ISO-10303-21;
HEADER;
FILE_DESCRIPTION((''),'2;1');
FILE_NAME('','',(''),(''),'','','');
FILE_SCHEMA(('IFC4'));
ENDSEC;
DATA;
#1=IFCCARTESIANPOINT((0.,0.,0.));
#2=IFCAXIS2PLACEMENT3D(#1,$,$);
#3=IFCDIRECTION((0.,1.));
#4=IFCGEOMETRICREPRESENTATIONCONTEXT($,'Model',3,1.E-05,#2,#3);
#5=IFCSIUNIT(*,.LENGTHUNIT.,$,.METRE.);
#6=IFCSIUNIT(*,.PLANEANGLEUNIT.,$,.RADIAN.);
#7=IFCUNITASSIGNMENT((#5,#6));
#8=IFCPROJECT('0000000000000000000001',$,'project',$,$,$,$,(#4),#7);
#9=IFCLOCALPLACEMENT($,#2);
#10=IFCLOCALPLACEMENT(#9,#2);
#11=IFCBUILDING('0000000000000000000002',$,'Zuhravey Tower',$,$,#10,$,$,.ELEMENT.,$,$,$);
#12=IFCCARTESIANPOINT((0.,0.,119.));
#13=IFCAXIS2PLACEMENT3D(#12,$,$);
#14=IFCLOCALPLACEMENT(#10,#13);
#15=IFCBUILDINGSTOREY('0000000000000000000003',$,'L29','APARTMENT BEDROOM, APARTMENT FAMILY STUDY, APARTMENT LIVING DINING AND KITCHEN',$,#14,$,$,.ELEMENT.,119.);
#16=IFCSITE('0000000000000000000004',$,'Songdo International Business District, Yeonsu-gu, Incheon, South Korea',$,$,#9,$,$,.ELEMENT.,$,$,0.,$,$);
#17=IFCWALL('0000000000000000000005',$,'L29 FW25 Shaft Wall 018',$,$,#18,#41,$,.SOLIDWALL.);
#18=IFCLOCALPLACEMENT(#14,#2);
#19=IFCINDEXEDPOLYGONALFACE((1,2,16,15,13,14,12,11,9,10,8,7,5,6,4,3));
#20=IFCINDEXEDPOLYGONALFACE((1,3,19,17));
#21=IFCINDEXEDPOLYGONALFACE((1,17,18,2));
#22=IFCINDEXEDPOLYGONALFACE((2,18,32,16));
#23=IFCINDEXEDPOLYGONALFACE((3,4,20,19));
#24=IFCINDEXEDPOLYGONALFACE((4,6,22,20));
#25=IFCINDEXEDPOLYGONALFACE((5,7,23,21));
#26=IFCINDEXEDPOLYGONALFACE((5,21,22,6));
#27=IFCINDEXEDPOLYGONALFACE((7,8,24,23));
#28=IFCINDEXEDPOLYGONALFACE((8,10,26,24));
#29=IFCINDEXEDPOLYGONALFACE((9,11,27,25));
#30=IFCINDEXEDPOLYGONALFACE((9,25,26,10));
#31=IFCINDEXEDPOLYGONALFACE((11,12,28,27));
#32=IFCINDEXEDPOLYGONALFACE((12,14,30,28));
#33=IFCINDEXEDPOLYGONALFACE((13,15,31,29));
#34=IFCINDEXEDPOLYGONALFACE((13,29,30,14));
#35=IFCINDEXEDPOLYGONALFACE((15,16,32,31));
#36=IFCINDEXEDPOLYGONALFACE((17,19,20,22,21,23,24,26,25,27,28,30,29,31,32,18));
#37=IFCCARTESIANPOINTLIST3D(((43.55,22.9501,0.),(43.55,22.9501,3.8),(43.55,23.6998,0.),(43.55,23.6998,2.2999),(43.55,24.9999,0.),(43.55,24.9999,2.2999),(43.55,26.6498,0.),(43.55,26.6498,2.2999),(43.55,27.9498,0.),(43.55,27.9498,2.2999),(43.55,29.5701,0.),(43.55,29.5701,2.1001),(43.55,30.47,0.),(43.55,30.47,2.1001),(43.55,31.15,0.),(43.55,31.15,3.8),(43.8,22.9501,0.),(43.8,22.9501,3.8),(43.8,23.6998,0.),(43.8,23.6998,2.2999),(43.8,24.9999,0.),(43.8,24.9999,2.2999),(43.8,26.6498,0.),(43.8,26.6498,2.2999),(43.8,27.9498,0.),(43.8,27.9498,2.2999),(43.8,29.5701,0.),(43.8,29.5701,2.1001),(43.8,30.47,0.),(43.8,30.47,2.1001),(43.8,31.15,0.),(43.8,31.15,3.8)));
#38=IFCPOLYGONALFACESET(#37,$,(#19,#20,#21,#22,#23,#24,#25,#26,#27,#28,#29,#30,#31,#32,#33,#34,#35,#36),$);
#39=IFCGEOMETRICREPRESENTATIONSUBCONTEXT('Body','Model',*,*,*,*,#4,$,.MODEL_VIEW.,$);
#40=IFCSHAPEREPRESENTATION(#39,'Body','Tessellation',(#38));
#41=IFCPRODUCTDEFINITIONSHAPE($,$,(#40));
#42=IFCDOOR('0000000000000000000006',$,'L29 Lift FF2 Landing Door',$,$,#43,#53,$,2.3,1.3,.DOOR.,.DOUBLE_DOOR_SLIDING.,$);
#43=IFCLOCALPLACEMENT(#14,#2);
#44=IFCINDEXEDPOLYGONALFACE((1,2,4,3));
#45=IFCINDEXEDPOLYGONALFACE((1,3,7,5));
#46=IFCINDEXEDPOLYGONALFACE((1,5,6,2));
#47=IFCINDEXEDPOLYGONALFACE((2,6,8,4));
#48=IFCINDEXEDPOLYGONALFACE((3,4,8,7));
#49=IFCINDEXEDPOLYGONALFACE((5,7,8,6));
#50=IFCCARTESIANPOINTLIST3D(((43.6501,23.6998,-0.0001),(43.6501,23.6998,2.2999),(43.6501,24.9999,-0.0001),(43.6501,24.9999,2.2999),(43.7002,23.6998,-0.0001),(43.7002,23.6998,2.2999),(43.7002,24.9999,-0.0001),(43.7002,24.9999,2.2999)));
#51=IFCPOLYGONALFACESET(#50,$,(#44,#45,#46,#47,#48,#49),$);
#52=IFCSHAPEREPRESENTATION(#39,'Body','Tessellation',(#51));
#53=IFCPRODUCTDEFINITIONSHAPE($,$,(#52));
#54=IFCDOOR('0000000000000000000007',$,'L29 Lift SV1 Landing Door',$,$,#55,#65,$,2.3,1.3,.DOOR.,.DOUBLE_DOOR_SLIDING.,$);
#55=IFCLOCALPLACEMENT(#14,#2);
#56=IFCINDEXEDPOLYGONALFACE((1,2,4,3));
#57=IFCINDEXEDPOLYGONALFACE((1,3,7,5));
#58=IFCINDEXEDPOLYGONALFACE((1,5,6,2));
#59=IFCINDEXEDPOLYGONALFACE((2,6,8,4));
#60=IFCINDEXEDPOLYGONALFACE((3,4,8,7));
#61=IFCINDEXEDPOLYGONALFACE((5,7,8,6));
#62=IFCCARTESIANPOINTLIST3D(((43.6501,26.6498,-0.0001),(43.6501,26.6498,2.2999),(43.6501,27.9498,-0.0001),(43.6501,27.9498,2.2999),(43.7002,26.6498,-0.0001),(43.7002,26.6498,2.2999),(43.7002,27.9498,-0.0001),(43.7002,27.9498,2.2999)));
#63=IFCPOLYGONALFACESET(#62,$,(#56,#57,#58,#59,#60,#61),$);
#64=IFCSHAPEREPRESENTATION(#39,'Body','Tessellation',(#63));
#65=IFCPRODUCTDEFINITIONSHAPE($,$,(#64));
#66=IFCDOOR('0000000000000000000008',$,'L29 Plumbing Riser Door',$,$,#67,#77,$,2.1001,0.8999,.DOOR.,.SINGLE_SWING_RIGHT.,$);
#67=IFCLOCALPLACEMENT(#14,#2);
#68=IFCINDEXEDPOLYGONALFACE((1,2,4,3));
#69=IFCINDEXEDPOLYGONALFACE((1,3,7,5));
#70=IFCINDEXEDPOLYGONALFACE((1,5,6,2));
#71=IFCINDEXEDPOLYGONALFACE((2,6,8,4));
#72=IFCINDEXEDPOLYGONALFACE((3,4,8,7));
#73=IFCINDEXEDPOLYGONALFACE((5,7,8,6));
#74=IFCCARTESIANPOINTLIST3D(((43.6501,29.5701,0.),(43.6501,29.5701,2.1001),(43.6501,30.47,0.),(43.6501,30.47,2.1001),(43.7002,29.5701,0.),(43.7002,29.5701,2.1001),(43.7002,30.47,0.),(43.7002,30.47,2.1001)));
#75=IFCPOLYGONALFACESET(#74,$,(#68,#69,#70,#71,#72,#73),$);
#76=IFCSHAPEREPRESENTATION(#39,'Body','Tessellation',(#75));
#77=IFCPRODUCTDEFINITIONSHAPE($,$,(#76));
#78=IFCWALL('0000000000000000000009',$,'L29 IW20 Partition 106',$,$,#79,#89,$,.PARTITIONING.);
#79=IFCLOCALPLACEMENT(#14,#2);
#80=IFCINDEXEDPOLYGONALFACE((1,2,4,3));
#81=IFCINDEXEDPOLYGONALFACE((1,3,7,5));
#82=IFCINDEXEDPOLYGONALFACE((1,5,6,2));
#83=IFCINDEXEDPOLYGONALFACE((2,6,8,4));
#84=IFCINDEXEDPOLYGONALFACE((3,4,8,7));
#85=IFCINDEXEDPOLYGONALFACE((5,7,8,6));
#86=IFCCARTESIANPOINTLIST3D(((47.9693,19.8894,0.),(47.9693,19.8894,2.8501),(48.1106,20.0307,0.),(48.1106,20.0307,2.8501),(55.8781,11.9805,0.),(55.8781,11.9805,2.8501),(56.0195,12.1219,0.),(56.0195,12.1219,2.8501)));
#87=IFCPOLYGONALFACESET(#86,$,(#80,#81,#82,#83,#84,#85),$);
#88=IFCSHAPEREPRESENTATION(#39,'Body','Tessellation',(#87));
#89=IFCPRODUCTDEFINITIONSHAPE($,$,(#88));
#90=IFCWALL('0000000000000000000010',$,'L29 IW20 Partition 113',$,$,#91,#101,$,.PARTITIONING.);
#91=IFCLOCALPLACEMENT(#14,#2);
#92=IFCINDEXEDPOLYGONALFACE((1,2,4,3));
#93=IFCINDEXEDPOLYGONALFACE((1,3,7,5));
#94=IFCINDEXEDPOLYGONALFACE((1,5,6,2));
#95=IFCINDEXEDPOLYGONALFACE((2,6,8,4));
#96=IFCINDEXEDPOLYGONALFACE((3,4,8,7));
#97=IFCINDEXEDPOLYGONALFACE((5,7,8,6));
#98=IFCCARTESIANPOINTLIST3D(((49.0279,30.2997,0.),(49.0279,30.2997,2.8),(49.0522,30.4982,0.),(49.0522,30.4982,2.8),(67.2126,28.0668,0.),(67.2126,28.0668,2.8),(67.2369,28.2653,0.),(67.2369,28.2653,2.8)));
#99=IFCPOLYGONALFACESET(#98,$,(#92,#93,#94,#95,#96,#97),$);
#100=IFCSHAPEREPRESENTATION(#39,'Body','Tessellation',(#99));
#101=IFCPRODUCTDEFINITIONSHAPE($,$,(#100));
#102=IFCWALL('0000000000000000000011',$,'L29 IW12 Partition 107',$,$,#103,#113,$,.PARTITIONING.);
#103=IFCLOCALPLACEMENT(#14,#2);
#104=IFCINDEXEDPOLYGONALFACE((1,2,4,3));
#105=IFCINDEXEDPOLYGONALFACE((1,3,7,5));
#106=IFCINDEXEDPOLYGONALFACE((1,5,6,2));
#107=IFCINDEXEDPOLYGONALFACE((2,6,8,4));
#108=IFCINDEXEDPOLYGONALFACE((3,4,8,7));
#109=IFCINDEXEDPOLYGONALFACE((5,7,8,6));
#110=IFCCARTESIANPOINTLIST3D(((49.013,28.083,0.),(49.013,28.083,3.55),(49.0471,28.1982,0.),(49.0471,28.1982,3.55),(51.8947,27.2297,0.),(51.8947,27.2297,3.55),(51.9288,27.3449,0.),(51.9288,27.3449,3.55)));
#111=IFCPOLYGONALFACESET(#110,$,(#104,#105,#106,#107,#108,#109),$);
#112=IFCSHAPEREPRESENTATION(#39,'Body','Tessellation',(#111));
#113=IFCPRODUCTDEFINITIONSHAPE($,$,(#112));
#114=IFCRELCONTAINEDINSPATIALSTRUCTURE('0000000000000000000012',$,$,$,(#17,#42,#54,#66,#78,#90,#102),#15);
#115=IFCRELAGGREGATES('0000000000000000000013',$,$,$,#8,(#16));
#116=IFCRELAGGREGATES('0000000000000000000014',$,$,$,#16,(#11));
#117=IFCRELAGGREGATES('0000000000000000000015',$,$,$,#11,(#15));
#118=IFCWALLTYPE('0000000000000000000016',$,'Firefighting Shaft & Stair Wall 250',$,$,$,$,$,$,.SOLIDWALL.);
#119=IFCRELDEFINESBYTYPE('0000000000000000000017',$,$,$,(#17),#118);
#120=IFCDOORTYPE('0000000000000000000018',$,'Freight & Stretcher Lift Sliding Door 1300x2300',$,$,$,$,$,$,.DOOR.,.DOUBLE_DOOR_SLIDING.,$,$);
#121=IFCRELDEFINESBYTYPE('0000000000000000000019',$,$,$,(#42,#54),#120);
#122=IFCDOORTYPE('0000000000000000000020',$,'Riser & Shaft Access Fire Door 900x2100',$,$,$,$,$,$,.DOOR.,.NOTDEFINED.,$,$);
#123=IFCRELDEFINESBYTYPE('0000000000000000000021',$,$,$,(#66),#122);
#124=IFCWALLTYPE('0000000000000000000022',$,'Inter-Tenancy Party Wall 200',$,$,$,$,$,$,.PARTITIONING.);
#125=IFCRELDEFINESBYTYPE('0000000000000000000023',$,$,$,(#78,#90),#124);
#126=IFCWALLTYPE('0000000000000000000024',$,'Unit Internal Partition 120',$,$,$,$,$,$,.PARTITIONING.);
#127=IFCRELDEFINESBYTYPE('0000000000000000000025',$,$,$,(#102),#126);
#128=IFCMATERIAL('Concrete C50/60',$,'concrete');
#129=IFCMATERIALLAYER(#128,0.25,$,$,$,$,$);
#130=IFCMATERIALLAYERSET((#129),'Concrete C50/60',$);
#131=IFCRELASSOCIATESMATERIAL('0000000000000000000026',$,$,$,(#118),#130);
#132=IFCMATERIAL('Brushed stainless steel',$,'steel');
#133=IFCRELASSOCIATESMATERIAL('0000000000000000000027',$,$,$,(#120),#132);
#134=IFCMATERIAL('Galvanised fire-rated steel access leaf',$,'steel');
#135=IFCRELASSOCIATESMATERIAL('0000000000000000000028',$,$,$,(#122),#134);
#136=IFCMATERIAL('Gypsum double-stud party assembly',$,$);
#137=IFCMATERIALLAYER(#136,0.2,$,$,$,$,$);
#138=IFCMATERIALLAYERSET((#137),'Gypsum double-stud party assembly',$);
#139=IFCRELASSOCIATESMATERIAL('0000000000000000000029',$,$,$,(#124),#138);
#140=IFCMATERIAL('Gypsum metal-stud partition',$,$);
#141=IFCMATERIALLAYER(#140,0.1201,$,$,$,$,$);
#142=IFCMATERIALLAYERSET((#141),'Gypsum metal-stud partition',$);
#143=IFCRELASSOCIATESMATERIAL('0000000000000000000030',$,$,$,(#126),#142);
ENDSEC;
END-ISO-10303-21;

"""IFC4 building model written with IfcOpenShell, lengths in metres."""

from ifc_helpers import new_model, si_unit, direction, frame, frame_2d, origin, place, context, subcontext, project, spatial, rectangle, extrude, material, layer, layer_set, type_object, element, fill, save


model = new_model("IFC4")

# Units and contexts
model_context = context("Model", 3, precision=1e-05, world=origin(), true_north=direction((0.0, 1.0)))
body_context = subcontext(model_context, "Body", "Model", "MODEL_VIEW")
ifc_project = project(units=[si_unit("LENGTHUNIT", "METRE"), si_unit("PLANEANGLEUNIT", "RADIAN")], contexts=[model_context])

# Site, building, storey
site_placement = place(None, origin())
site = spatial("IfcSite", under=ifc_project, at=site_placement, Name="Songdo International Business District, Yeonsu-gu, Incheon, South Korea", CompositionType="ELEMENT", RefElevation=0.0)
building_placement = place(site_placement, origin())
building = spatial("IfcBuilding", under=site, at=building_placement, Name="Zuhravey Tower", CompositionType="ELEMENT")
storey_placement = place(building_placement, frame((0.0, 0.0, 119.0)))
storey = spatial("IfcBuildingStorey", under=building, at=storey_placement, Name="L29", Description="APARTMENT BEDROOM, APARTMENT FAMILY STUDY, APARTMENT LIVING DINING AND KITCHEN", CompositionType="ELEMENT", Elevation=119.0)

# Shared definitions
ifc_material_1 = material(Name="Concrete C50/60", Category="concrete")
ifc_layer_1 = layer(ifc_material_1, 0.25)
ifc_layer_set_1 = layer_set([ifc_layer_1], Name="Concrete C50/60")
wall_type_1 = type_object("IfcWallType", Name="Firefighting Shaft & Stair Wall 250", PredefinedType="SOLIDWALL", material=ifc_layer_set_1)

# Wall, openings, doors
wall_1_placement = place(storey_placement, frame((43.675, 22.95, 0.0), z_axis=(0.0, 0.0, 1.0), x_axis=(0.0, 1.0, 0.0)))
wall_1 = element("IfcWall", 1, at=wall_1_placement, inside=storey, type_object=wall_type_1, Name="L29 FW25 Shaft Wall 018", PredefinedType="SOLIDWALL", context=body_context, shape_type="SweptSolid", body=[
    extrude(rectangle(XDim=8.2, YDim=0.25, at=frame_2d((4.1001, 0.0))), origin(), (0.0, 0.0, 1.0), 3.8),
])
opening_1_placement = place(wall_1_placement, frame((0.75, 0.0, 0.0)))
opening_1 = element("IfcOpeningElement", 2, at=opening_1_placement, cuts=wall_1, PredefinedType="OPENING", context=body_context, shape_type="SweptSolid", body=[
    extrude(rectangle(XDim=1.3, YDim=2.3, at=frame_2d((0.6499, 1.1499))), frame((0.0, 0.137, 0.0), z_axis=(0.0, -1.0, 0.0), x_axis=(1.0, 0.0, 0.0)), (0.0, 0.0, 1.0), 0.2739),
])
opening_2_placement = place(wall_1_placement, frame((3.7, 0.0, 0.0)))
opening_2 = element("IfcOpeningElement", 3, at=opening_2_placement, cuts=wall_1, PredefinedType="OPENING", context=body_context, shape_type="SweptSolid", body=[
    extrude(rectangle(XDim=1.3, YDim=2.3, at=frame_2d((0.6499, 1.1499))), frame((0.0, 0.137, 0.0), z_axis=(0.0, -1.0, 0.0), x_axis=(1.0, 0.0, 0.0)), (0.0, 0.0, 1.0), 0.2739),
])
opening_3_placement = place(wall_1_placement, frame((6.6201, 0.0, 0.0)))
opening_3 = element("IfcOpeningElement", 4, at=opening_3_placement, cuts=wall_1, PredefinedType="OPENING", context=body_context, shape_type="SweptSolid", body=[
    extrude(rectangle(XDim=0.8999, YDim=2.1001, at=frame_2d((0.45, 1.05))), frame((0.0, 0.137, 0.0), z_axis=(0.0, -1.0, 0.0), x_axis=(1.0, 0.0, 0.0)), (0.0, 0.0, 1.0), 0.2739),
])
ifc_material_2 = material(Name="Brushed stainless steel", Category="steel")
door_type_1 = type_object("IfcDoorType", Name="Freight & Stretcher Lift Sliding Door 1300x2300", OperationType="DOUBLE_DOOR_SLIDING", PredefinedType="DOOR", material=ifc_material_2)
door_1_placement = place(opening_1_placement, origin())
door_1 = element("IfcDoor", 5, at=door_1_placement, inside=storey, type_object=door_type_1, Name="L29 Lift FF2 Landing Door", OperationType="DOUBLE_DOOR_SLIDING", OverallHeight=2.3, OverallWidth=1.3, PredefinedType="DOOR", context=body_context, shape_type="SweptSolid", body=[
    extrude(rectangle(XDim=1.3, YDim=2.3, at=frame_2d((0.6499, 1.1499))), frame((0.0, 0.0249, 0.0), z_axis=(0.0, -1.0, 0.0), x_axis=(1.0, 0.0, 0.0)), (0.0, 0.0, 1.0), 0.05),
])
fill(opening_1, door_1)
door_2_placement = place(opening_2_placement, origin())
door_2 = element("IfcDoor", 6, at=door_2_placement, inside=storey, type_object=door_type_1, Name="L29 Lift SV1 Landing Door", OperationType="DOUBLE_DOOR_SLIDING", OverallHeight=2.3, OverallWidth=1.3, PredefinedType="DOOR", context=body_context, shape_type="SweptSolid", body=[
    extrude(rectangle(XDim=1.3, YDim=2.3, at=frame_2d((0.6499, 1.1499))), frame((0.0, 0.0249, 0.0), z_axis=(0.0, -1.0, 0.0), x_axis=(1.0, 0.0, 0.0)), (0.0, 0.0, 1.0), 0.05),
])
fill(opening_2, door_2)
ifc_material_3 = material(Name="Galvanised fire-rated steel access leaf", Category="steel")
door_type_2 = type_object("IfcDoorType", Name="Riser & Shaft Access Fire Door 900x2100", OperationType="NOTDEFINED", PredefinedType="DOOR", material=ifc_material_3)
door_3_placement = place(opening_3_placement, origin())
door_3 = element("IfcDoor", 7, at=door_3_placement, inside=storey, type_object=door_type_2, Name="L29 Plumbing Riser Door", OperationType="SINGLE_SWING_RIGHT", OverallHeight=2.1001, OverallWidth=0.8999, PredefinedType="DOOR", context=body_context, shape_type="SweptSolid", body=[
    extrude(rectangle(XDim=0.8999, YDim=2.1001, at=frame_2d((0.45, 1.05))), frame((0.0, 0.0249, 0.0), z_axis=(0.0, -1.0, 0.0), x_axis=(1.0, 0.0, 0.0)), (0.0, 0.0, 1.0), 0.05),
])
fill(opening_3, door_3)

# Walls
ifc_material_4 = material(Name="Gypsum double-stud party assembly")
ifc_layer_2 = layer(ifc_material_4, 0.2)
ifc_layer_set_2 = layer_set([ifc_layer_2], Name="Gypsum double-stud party assembly")
wall_type_2 = type_object("IfcWallType", Name="Inter-Tenancy Party Wall 200", PredefinedType="PARTITIONING", material=ifc_layer_set_2)
wall_2_placement = place(storey_placement, frame((48.04, 19.96, 0.0), z_axis=(0.0, 0.0, 1.0), x_axis=(0.707107, -0.707107, 0.0)))
element("IfcWall", 8, at=wall_2_placement, inside=storey, type_object=wall_type_2, Name="L29 IW20 Partition 106", PredefinedType="PARTITIONING", context=body_context, shape_type="SweptSolid", body=[
    extrude(rectangle(XDim=11.1848, YDim=0.2, at=frame_2d((5.5923, 0.0))), origin(), (0.0, 0.0, 1.0), 2.8501),
])
wall_3_placement = place(storey_placement, frame((49.04, 30.3989, 0.0), z_axis=(0.0, 0.0, 1.0), x_axis=(0.992546, -0.121874, 0.0)))
element("IfcWall", 9, at=wall_3_placement, inside=storey, type_object=wall_type_2, Name="L29 IW20 Partition 113", PredefinedType="PARTITIONING", context=body_context, shape_type="SweptSolid", body=[
    extrude(rectangle(XDim=18.3213, YDim=0.2, at=frame_2d((9.1606, 0.0))), origin(), (0.0, 0.0, 1.0), 2.8),
])
ifc_material_5 = material(Name="Gypsum metal-stud partition")
ifc_layer_3 = layer(ifc_material_5, 0.1201)
ifc_layer_set_3 = layer_set([ifc_layer_3], Name="Gypsum metal-stud partition")
wall_type_3 = type_object("IfcWallType", Name="Unit Internal Partition 120", PredefinedType="PARTITIONING", material=ifc_layer_set_3)
wall_4_placement = place(storey_placement, frame((49.03, 28.1406, 0.0), z_axis=(0.0, 0.0, 1.0), x_axis=(0.958846, -0.283925, 0.0)))
element("IfcWall", 10, at=wall_4_placement, inside=storey, type_object=wall_type_3, Name="L29 IW12 Partition 107", PredefinedType="PARTITIONING", context=body_context, shape_type="SweptSolid", body=[
    extrude(rectangle(XDim=3.0054, YDim=0.1201, at=frame_2d((1.5027, 0.0))), origin(), (0.0, 0.0, 1.0), 3.55),
])

save(model, "model.ifc")
